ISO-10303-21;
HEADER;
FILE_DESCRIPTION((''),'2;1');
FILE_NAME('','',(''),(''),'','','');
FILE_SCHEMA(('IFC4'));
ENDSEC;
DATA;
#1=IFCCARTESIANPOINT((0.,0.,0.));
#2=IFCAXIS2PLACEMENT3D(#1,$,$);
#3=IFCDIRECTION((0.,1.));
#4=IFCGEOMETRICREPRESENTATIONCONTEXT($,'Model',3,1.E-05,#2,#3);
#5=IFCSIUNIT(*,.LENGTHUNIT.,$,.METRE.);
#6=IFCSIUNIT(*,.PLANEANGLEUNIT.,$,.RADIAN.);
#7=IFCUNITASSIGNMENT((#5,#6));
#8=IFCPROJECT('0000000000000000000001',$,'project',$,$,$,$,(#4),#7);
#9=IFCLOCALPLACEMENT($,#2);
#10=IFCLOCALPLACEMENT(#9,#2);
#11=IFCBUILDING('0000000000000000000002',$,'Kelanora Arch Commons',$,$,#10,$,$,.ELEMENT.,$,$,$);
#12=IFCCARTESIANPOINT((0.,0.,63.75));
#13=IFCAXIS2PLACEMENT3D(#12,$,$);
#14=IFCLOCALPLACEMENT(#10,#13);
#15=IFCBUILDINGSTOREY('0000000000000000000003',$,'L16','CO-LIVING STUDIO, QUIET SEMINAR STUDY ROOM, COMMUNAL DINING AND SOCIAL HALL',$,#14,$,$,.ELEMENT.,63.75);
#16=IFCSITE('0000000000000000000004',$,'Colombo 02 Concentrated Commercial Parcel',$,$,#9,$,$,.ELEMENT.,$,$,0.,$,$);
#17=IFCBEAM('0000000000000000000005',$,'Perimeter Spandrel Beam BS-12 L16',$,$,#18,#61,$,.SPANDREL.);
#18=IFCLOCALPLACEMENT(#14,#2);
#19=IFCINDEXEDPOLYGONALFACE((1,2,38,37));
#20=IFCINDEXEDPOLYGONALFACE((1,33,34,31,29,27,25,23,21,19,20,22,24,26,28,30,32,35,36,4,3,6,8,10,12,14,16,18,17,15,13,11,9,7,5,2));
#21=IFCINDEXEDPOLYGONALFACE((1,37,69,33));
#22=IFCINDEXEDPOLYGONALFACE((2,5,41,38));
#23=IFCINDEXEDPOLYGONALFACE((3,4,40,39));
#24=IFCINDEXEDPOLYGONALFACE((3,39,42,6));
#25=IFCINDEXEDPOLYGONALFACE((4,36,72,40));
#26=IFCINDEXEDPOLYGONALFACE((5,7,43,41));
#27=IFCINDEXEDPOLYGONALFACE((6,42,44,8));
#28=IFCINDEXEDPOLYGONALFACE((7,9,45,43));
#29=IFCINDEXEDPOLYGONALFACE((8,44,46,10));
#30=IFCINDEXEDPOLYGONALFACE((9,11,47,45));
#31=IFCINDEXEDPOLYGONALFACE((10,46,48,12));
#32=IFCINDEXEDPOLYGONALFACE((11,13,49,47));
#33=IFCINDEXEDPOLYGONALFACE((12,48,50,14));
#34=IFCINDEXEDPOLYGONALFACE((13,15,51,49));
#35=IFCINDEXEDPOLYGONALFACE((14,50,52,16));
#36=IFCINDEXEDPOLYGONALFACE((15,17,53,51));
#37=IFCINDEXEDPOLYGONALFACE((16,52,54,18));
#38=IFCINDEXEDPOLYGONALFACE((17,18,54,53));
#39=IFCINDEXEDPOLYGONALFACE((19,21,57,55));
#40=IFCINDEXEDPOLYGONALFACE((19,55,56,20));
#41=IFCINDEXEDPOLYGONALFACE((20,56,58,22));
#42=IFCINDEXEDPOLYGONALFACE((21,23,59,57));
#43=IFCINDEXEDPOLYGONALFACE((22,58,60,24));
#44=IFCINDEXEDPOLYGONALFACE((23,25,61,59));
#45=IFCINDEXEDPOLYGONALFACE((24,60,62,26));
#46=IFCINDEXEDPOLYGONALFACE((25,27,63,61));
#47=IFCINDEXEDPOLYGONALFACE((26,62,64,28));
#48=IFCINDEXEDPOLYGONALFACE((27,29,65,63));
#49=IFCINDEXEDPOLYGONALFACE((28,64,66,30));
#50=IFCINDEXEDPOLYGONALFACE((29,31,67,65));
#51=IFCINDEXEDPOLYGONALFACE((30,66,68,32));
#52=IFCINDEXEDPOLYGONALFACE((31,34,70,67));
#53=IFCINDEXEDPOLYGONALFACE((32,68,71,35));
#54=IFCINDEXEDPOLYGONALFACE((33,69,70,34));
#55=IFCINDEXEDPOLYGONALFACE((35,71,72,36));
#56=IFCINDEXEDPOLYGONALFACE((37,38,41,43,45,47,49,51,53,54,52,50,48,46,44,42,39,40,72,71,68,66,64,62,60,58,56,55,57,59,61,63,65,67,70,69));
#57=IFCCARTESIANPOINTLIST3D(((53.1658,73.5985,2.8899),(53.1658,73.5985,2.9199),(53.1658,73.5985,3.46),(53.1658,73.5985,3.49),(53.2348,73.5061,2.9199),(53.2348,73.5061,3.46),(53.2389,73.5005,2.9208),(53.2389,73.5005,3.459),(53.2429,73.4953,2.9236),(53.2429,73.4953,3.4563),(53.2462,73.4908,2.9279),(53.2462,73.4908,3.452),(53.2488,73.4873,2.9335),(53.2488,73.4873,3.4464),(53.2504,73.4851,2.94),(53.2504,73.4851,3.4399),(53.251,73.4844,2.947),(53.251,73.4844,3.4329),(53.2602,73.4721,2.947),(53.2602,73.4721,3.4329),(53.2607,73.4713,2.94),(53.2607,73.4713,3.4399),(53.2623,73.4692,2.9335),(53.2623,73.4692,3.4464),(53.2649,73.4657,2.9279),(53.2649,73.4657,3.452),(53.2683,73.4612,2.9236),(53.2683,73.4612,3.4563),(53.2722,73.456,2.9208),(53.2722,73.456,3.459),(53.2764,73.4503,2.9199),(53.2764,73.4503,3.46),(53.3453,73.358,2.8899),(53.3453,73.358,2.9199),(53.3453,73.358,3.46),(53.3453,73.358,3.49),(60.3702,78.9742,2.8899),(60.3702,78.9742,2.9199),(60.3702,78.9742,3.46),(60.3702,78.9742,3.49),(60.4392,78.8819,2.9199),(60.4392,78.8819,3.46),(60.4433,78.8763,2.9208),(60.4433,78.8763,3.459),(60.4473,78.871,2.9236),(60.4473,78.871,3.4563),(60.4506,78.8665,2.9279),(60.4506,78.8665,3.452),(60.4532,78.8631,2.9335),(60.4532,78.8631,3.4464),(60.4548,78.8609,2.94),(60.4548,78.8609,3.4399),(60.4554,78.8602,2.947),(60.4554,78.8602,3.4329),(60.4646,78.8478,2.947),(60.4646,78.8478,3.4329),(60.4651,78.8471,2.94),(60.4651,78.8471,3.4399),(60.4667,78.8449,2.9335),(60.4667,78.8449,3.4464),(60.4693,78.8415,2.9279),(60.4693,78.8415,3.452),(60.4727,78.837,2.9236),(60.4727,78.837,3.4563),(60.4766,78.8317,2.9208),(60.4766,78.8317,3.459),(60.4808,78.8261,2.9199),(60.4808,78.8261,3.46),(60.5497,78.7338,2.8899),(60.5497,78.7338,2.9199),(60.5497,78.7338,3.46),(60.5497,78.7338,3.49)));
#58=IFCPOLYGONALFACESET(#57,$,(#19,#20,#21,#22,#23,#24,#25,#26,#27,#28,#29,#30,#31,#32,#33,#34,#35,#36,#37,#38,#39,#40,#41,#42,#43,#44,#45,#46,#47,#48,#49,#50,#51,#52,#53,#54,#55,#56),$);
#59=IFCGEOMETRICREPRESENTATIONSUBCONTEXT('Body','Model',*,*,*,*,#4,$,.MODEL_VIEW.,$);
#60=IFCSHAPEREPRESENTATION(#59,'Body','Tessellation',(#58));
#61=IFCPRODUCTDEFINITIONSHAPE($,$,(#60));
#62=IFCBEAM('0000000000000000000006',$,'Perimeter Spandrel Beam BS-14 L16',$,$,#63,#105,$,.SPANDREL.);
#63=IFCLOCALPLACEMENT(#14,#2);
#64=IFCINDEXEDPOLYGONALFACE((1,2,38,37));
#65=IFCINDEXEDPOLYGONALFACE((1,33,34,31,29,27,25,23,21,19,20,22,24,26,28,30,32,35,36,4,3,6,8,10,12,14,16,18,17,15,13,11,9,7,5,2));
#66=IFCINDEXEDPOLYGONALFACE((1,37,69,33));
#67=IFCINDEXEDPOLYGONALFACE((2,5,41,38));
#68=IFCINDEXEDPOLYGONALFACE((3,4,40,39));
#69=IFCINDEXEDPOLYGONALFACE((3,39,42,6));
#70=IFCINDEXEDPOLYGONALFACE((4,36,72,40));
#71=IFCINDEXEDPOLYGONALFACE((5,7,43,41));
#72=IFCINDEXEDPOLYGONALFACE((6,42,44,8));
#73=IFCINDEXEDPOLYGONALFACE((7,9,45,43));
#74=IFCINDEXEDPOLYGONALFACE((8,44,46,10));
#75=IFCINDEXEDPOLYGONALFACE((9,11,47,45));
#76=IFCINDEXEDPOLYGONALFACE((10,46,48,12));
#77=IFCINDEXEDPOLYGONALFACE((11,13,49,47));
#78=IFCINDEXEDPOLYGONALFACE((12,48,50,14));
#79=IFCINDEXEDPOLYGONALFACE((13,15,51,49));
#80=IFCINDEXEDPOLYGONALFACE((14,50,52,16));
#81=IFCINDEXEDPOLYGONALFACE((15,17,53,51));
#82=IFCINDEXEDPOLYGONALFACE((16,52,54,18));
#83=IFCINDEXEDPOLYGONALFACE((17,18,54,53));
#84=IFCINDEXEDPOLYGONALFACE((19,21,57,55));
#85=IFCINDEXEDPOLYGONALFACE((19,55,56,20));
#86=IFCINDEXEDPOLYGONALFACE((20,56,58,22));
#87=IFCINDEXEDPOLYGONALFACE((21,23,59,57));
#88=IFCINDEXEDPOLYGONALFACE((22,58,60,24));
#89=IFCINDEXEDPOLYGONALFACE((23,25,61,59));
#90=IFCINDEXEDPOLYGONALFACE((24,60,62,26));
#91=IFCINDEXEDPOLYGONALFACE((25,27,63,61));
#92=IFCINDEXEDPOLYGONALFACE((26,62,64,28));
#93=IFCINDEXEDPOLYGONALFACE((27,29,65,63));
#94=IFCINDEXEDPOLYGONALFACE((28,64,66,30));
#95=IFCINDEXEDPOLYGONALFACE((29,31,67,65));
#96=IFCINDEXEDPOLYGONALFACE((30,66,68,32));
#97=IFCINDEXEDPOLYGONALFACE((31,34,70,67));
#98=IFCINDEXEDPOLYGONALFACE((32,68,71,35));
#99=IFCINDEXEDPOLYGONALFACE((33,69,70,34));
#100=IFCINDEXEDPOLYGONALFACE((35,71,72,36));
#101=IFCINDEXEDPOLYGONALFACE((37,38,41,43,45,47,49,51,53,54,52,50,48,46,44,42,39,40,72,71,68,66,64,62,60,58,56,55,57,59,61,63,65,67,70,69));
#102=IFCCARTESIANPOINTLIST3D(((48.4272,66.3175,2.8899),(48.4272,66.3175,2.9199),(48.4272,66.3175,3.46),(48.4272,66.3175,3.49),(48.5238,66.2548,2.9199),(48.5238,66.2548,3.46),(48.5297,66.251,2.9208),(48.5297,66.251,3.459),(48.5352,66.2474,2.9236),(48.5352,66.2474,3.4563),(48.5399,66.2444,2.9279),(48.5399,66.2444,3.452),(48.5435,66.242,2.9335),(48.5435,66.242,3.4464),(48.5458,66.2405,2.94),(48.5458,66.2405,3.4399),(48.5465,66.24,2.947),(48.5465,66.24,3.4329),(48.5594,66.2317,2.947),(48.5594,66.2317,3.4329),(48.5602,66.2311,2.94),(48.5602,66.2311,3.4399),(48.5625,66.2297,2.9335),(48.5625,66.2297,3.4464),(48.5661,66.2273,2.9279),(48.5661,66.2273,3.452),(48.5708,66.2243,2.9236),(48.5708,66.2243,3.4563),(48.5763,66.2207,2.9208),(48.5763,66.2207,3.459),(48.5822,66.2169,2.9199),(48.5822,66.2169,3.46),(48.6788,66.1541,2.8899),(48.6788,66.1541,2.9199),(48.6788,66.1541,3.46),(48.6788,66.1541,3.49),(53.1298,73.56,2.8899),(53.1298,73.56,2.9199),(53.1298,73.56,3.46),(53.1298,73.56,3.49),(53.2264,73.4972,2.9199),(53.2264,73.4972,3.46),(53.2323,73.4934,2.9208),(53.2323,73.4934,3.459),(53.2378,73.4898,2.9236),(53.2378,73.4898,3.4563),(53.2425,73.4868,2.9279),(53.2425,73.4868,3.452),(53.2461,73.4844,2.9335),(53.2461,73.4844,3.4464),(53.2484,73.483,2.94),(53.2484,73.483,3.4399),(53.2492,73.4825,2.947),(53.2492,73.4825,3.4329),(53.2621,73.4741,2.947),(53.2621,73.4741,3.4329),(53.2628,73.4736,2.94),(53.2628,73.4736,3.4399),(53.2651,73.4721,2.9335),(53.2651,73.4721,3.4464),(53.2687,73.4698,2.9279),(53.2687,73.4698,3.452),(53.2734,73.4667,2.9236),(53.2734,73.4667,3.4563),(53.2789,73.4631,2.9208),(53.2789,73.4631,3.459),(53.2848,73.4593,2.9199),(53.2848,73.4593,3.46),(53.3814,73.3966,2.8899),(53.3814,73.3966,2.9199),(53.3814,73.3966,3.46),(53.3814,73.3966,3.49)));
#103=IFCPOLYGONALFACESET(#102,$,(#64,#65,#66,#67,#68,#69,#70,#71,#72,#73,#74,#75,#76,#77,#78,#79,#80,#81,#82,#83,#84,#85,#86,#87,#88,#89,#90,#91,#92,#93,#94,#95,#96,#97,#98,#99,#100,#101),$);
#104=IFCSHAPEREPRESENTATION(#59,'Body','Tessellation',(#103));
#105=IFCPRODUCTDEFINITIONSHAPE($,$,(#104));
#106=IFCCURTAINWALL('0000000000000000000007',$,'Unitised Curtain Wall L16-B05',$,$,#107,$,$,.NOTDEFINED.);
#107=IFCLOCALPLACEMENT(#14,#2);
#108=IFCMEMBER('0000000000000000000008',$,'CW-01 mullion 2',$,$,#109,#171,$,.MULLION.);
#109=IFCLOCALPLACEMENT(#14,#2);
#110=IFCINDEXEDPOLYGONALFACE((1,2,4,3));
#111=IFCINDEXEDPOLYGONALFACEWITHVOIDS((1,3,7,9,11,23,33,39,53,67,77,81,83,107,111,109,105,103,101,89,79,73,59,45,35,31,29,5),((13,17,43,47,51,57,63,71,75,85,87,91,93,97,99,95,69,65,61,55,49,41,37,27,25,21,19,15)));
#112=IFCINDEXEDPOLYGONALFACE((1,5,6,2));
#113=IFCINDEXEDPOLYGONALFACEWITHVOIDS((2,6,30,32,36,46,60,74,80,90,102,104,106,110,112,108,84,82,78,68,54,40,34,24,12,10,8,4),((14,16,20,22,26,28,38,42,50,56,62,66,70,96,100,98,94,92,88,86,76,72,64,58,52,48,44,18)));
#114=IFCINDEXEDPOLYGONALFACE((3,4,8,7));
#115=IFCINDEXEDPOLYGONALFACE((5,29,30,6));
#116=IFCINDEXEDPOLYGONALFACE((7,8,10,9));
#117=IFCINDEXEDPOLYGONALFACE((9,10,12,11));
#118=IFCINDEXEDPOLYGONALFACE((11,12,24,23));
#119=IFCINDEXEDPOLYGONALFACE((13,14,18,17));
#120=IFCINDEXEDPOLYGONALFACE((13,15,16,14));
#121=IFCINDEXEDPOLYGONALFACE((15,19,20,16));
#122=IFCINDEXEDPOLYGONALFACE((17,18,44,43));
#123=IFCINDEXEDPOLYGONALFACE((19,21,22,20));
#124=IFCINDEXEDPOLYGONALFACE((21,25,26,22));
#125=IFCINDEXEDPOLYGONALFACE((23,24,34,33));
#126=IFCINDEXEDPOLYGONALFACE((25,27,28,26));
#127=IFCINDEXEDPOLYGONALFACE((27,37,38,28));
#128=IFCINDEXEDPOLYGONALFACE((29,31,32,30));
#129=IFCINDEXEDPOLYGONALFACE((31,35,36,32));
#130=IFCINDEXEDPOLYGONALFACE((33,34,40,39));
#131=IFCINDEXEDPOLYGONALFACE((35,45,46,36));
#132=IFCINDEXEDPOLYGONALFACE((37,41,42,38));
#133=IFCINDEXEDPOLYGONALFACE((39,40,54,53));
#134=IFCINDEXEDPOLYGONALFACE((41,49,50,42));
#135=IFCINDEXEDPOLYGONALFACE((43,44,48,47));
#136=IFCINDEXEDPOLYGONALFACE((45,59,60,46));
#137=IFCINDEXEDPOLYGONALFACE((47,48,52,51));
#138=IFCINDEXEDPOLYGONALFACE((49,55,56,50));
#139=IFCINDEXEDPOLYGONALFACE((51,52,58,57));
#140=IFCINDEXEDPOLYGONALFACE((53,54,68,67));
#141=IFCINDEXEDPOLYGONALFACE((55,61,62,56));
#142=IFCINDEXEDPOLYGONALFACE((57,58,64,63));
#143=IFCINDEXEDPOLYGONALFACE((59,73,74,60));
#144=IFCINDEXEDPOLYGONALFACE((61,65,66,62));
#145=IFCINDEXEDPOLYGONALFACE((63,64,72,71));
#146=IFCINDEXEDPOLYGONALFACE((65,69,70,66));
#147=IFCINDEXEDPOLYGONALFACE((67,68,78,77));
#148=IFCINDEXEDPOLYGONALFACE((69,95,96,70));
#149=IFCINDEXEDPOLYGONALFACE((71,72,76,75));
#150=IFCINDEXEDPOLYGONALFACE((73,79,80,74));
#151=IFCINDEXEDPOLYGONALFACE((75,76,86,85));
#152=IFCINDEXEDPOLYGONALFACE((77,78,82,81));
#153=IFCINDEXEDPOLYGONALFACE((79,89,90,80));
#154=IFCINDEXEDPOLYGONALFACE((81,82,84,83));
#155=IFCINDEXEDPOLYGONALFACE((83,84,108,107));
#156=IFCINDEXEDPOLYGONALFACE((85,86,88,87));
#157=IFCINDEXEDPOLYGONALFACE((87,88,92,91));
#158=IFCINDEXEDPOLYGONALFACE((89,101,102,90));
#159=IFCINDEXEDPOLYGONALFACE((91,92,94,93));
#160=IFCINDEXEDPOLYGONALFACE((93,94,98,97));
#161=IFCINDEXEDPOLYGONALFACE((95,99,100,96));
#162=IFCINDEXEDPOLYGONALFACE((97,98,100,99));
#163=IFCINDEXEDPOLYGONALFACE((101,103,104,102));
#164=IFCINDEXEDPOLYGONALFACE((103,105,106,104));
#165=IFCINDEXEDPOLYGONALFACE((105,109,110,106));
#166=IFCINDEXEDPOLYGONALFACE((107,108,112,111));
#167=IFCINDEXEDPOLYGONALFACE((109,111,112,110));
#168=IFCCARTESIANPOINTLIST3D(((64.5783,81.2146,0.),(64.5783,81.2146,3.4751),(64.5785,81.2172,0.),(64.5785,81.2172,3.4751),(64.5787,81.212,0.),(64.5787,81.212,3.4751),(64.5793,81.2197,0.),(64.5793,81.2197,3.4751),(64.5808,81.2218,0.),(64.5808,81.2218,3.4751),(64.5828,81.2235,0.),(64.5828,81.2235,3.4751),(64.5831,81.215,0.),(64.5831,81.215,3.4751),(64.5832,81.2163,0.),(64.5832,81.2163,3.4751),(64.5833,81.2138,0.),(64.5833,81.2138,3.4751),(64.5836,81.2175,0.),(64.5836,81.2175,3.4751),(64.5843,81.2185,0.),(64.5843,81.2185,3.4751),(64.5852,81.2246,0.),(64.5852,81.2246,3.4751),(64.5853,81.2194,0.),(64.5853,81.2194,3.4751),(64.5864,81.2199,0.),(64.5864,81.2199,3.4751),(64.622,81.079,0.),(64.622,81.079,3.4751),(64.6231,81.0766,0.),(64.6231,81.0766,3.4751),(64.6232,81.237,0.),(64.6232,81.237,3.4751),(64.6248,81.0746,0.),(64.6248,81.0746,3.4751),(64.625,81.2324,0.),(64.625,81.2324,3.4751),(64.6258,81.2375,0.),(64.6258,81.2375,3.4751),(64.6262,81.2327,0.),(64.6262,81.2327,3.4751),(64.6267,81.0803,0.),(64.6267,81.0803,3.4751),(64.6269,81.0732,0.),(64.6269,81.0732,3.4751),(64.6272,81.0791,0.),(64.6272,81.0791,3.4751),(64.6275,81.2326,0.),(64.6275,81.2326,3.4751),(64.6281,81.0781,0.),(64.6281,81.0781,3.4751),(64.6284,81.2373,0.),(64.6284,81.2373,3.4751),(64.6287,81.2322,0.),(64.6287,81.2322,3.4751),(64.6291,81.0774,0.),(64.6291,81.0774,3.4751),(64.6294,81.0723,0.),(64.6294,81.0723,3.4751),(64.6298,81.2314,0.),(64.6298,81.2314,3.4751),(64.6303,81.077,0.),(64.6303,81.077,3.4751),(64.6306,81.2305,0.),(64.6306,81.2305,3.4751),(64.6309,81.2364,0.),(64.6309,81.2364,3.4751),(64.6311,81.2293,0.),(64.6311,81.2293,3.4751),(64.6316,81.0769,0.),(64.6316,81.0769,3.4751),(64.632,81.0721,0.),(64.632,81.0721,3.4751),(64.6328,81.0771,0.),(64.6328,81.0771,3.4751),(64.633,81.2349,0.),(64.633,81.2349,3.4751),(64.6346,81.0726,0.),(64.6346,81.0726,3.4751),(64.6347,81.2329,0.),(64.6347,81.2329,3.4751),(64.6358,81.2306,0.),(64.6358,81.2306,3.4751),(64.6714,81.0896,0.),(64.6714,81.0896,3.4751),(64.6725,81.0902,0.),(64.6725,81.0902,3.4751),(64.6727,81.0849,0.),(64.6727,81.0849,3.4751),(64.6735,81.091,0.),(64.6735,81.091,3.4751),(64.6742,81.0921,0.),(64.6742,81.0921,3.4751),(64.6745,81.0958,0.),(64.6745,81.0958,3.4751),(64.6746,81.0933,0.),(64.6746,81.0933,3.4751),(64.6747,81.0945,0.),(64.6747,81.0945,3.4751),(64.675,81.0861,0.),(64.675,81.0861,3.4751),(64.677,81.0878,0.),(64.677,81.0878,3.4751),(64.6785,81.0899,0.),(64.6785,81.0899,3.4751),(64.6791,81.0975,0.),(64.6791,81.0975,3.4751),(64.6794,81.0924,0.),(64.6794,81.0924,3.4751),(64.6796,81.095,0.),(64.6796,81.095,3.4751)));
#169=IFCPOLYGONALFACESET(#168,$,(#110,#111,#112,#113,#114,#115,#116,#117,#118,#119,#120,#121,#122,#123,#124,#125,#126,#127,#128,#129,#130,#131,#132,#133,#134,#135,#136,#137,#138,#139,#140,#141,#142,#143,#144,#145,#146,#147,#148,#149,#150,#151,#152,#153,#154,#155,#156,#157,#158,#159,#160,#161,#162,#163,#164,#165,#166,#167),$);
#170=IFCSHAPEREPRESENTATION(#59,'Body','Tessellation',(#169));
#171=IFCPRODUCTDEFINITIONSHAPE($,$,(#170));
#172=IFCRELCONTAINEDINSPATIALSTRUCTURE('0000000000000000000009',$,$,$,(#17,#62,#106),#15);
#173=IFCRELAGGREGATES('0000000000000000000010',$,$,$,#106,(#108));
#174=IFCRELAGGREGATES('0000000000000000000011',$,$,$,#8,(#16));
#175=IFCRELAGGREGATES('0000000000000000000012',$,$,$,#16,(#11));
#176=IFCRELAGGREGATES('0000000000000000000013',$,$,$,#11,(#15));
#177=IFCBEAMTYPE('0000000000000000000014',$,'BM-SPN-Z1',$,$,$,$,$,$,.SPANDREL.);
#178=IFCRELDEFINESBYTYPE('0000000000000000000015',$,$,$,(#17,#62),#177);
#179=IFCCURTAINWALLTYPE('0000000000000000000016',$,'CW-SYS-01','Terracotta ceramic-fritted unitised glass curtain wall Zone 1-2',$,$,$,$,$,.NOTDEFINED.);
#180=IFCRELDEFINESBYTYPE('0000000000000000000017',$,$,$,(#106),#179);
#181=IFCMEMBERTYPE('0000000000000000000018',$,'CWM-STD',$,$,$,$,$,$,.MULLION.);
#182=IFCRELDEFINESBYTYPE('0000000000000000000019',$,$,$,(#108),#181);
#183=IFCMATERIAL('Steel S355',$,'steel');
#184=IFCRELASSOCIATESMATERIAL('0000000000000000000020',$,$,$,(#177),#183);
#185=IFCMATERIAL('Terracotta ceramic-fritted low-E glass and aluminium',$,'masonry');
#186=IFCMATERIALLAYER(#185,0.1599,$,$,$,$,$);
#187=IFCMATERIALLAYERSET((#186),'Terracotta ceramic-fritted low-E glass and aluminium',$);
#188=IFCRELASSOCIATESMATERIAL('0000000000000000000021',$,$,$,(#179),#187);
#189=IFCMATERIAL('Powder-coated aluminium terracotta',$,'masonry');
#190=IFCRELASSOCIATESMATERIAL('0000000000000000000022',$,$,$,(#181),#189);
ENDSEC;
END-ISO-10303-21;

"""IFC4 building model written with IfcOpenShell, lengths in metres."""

from ifc_helpers import new_model, si_unit, direction, frame, origin, origin_2d, place, context, subcontext, project, spatial, hollow_rectangle, i_section, extrude, material, layer, layer_set, material_profile, profile_set, type_object, element, aggregate, save


model = new_model("IFC4")

# Units and contexts
model_context = context("Model", 3, precision=1e-05, world=origin(), true_north=direction((0.0, 1.0)))
body_context = subcontext(model_context, "Body", "Model", "MODEL_VIEW")
ifc_project = project(units=[si_unit("LENGTHUNIT", "METRE"), si_unit("PLANEANGLEUNIT", "RADIAN")], contexts=[model_context])

# Site, building, storey
site_placement = place(None, origin())
site = spatial("IfcSite", under=ifc_project, at=site_placement, Name="Colombo 02 Concentrated Commercial Parcel", CompositionType="ELEMENT", RefElevation=0.0)
building_placement = place(site_placement, origin())
building = spatial("IfcBuilding", under=site, at=building_placement, Name="Kelanora Arch Commons", CompositionType="ELEMENT")
storey_placement = place(building_placement, frame((0.0, 0.0, 63.75)))
storey = spatial("IfcBuildingStorey", under=building, at=storey_placement, Name="L16", Description="CO-LIVING STUDIO, QUIET SEMINAR STUDY ROOM, COMMUNAL DINING AND SOCIAL HALL", CompositionType="ELEMENT", Elevation=63.75)

# Beams
ifc_material_1 = material(Name="Steel S355", Category="steel")
ifc_material_profile_1 = material_profile(ifc_material_1, i_section(OverallWidth=0.3, OverallDepth=0.6001, WebThickness=0.0154, FlangeThickness=0.03, FilletRadius=0.0271, at=origin_2d()), Name="HEB600")
ifc_profile_set_1 = profile_set([ifc_material_profile_1], Name="Steel S355")
beam_type_1 = type_object("IfcBeamType", Name="BM-SPN-Z1", PredefinedType="SPANDREL", material=ifc_profile_set_1)
beam_1_placement = place(storey_placement, frame((60.46, 78.854, 3.1899), z_axis=(-0.801468, -0.598038, 0.0), x_axis=(0.598038, -0.801468, 0.0)))
element("IfcBeam", 1, at=beam_1_placement, inside=storey, type_object=beam_type_1, Name="Perimeter Spandrel Beam BS-12 L16", PredefinedType="SPANDREL", context=body_context, shape_type="SweptSolid", body=[
    extrude(i_section(OverallWidth=0.3, OverallDepth=0.6001, WebThickness=0.0154, FlangeThickness=0.03, FilletRadius=0.0271, at=origin_2d()), origin(), (0.0, 0.0, 1.0), 8.989),
])
beam_2_placement = place(storey_placement, frame((53.2556, 73.4783, 3.1899), z_axis=(-0.544586, -0.838705, 0.0), x_axis=(0.838705, -0.544586, 0.0)))
element("IfcBeam", 2, at=beam_2_placement, inside=storey, type_object=beam_type_1, Name="Perimeter Spandrel Beam BS-14 L16", PredefinedType="SPANDREL", context=body_context, shape_type="SweptSolid", body=[
    extrude(i_section(OverallWidth=0.3, OverallDepth=0.6001, WebThickness=0.0154, FlangeThickness=0.03, FilletRadius=0.0271, at=origin_2d()), origin(), (0.0, 0.0, 1.0), 8.6353),
])

# Curtain wall, member
ifc_material_2 = material(Name="Terracotta ceramic-fritted low-E glass and aluminium", Category="masonry")
ifc_layer_1 = layer(ifc_material_2, 0.1599)
ifc_layer_set_1 = layer_set([ifc_layer_1], Name="Terracotta ceramic-fritted low-E glass and aluminium")
curtain_wall_type = type_object("IfcCurtainWallType", Name="CW-SYS-01", Description="Terracotta ceramic-fritted unitised glass curtain wall Zone 1-2", PredefinedType="NOTDEFINED", material=ifc_layer_set_1)
curtain_wall_placement = place(storey_placement, origin())
curtain_wall = element("IfcCurtainWall", 3, at=curtain_wall_placement, inside=storey, type_object=curtain_wall_type, Name="Unitised Curtain Wall L16-B05", PredefinedType="NOTDEFINED")
ifc_material_3 = material(Name="Powder-coated aluminium terracotta", Category="masonry")
ifc_material_profile_2 = material_profile(ifc_material_3, hollow_rectangle(XDim=0.1599, YDim=0.0601, WallThickness=0.0049, InnerFilletRadius=0.0049, OuterFilletRadius=0.01, at=origin_2d()), Name="CWM160x60")
ifc_profile_set_2 = profile_set([ifc_material_profile_2], Name="Powder-coated aluminium terracotta")
member_type_1 = type_object("IfcMemberType", Name="CWM-STD", PredefinedType="MULLION", material=ifc_profile_set_2)
member_1_placement = place(storey_placement, frame((64.6289, 81.1548, 0.0), z_axis=(0.0, 0.0, 1.0), x_axis=(0.309058, -0.951043, 0.0)))
member_1 = element("IfcMember", 4, at=member_1_placement, type_object=member_type_1, Name="CW-01 mullion 2", PredefinedType="MULLION", context=body_context, shape_type="SweptSolid", body=[
    extrude(hollow_rectangle(XDim=0.1599, YDim=0.0601, WallThickness=0.0049, InnerFilletRadius=0.0049, OuterFilletRadius=0.01, at=origin_2d()), origin(), (0.0, 0.0, 1.0), 3.4751),
])
aggregate(curtain_wall, [member_1])

save(model, "model.ifc")
